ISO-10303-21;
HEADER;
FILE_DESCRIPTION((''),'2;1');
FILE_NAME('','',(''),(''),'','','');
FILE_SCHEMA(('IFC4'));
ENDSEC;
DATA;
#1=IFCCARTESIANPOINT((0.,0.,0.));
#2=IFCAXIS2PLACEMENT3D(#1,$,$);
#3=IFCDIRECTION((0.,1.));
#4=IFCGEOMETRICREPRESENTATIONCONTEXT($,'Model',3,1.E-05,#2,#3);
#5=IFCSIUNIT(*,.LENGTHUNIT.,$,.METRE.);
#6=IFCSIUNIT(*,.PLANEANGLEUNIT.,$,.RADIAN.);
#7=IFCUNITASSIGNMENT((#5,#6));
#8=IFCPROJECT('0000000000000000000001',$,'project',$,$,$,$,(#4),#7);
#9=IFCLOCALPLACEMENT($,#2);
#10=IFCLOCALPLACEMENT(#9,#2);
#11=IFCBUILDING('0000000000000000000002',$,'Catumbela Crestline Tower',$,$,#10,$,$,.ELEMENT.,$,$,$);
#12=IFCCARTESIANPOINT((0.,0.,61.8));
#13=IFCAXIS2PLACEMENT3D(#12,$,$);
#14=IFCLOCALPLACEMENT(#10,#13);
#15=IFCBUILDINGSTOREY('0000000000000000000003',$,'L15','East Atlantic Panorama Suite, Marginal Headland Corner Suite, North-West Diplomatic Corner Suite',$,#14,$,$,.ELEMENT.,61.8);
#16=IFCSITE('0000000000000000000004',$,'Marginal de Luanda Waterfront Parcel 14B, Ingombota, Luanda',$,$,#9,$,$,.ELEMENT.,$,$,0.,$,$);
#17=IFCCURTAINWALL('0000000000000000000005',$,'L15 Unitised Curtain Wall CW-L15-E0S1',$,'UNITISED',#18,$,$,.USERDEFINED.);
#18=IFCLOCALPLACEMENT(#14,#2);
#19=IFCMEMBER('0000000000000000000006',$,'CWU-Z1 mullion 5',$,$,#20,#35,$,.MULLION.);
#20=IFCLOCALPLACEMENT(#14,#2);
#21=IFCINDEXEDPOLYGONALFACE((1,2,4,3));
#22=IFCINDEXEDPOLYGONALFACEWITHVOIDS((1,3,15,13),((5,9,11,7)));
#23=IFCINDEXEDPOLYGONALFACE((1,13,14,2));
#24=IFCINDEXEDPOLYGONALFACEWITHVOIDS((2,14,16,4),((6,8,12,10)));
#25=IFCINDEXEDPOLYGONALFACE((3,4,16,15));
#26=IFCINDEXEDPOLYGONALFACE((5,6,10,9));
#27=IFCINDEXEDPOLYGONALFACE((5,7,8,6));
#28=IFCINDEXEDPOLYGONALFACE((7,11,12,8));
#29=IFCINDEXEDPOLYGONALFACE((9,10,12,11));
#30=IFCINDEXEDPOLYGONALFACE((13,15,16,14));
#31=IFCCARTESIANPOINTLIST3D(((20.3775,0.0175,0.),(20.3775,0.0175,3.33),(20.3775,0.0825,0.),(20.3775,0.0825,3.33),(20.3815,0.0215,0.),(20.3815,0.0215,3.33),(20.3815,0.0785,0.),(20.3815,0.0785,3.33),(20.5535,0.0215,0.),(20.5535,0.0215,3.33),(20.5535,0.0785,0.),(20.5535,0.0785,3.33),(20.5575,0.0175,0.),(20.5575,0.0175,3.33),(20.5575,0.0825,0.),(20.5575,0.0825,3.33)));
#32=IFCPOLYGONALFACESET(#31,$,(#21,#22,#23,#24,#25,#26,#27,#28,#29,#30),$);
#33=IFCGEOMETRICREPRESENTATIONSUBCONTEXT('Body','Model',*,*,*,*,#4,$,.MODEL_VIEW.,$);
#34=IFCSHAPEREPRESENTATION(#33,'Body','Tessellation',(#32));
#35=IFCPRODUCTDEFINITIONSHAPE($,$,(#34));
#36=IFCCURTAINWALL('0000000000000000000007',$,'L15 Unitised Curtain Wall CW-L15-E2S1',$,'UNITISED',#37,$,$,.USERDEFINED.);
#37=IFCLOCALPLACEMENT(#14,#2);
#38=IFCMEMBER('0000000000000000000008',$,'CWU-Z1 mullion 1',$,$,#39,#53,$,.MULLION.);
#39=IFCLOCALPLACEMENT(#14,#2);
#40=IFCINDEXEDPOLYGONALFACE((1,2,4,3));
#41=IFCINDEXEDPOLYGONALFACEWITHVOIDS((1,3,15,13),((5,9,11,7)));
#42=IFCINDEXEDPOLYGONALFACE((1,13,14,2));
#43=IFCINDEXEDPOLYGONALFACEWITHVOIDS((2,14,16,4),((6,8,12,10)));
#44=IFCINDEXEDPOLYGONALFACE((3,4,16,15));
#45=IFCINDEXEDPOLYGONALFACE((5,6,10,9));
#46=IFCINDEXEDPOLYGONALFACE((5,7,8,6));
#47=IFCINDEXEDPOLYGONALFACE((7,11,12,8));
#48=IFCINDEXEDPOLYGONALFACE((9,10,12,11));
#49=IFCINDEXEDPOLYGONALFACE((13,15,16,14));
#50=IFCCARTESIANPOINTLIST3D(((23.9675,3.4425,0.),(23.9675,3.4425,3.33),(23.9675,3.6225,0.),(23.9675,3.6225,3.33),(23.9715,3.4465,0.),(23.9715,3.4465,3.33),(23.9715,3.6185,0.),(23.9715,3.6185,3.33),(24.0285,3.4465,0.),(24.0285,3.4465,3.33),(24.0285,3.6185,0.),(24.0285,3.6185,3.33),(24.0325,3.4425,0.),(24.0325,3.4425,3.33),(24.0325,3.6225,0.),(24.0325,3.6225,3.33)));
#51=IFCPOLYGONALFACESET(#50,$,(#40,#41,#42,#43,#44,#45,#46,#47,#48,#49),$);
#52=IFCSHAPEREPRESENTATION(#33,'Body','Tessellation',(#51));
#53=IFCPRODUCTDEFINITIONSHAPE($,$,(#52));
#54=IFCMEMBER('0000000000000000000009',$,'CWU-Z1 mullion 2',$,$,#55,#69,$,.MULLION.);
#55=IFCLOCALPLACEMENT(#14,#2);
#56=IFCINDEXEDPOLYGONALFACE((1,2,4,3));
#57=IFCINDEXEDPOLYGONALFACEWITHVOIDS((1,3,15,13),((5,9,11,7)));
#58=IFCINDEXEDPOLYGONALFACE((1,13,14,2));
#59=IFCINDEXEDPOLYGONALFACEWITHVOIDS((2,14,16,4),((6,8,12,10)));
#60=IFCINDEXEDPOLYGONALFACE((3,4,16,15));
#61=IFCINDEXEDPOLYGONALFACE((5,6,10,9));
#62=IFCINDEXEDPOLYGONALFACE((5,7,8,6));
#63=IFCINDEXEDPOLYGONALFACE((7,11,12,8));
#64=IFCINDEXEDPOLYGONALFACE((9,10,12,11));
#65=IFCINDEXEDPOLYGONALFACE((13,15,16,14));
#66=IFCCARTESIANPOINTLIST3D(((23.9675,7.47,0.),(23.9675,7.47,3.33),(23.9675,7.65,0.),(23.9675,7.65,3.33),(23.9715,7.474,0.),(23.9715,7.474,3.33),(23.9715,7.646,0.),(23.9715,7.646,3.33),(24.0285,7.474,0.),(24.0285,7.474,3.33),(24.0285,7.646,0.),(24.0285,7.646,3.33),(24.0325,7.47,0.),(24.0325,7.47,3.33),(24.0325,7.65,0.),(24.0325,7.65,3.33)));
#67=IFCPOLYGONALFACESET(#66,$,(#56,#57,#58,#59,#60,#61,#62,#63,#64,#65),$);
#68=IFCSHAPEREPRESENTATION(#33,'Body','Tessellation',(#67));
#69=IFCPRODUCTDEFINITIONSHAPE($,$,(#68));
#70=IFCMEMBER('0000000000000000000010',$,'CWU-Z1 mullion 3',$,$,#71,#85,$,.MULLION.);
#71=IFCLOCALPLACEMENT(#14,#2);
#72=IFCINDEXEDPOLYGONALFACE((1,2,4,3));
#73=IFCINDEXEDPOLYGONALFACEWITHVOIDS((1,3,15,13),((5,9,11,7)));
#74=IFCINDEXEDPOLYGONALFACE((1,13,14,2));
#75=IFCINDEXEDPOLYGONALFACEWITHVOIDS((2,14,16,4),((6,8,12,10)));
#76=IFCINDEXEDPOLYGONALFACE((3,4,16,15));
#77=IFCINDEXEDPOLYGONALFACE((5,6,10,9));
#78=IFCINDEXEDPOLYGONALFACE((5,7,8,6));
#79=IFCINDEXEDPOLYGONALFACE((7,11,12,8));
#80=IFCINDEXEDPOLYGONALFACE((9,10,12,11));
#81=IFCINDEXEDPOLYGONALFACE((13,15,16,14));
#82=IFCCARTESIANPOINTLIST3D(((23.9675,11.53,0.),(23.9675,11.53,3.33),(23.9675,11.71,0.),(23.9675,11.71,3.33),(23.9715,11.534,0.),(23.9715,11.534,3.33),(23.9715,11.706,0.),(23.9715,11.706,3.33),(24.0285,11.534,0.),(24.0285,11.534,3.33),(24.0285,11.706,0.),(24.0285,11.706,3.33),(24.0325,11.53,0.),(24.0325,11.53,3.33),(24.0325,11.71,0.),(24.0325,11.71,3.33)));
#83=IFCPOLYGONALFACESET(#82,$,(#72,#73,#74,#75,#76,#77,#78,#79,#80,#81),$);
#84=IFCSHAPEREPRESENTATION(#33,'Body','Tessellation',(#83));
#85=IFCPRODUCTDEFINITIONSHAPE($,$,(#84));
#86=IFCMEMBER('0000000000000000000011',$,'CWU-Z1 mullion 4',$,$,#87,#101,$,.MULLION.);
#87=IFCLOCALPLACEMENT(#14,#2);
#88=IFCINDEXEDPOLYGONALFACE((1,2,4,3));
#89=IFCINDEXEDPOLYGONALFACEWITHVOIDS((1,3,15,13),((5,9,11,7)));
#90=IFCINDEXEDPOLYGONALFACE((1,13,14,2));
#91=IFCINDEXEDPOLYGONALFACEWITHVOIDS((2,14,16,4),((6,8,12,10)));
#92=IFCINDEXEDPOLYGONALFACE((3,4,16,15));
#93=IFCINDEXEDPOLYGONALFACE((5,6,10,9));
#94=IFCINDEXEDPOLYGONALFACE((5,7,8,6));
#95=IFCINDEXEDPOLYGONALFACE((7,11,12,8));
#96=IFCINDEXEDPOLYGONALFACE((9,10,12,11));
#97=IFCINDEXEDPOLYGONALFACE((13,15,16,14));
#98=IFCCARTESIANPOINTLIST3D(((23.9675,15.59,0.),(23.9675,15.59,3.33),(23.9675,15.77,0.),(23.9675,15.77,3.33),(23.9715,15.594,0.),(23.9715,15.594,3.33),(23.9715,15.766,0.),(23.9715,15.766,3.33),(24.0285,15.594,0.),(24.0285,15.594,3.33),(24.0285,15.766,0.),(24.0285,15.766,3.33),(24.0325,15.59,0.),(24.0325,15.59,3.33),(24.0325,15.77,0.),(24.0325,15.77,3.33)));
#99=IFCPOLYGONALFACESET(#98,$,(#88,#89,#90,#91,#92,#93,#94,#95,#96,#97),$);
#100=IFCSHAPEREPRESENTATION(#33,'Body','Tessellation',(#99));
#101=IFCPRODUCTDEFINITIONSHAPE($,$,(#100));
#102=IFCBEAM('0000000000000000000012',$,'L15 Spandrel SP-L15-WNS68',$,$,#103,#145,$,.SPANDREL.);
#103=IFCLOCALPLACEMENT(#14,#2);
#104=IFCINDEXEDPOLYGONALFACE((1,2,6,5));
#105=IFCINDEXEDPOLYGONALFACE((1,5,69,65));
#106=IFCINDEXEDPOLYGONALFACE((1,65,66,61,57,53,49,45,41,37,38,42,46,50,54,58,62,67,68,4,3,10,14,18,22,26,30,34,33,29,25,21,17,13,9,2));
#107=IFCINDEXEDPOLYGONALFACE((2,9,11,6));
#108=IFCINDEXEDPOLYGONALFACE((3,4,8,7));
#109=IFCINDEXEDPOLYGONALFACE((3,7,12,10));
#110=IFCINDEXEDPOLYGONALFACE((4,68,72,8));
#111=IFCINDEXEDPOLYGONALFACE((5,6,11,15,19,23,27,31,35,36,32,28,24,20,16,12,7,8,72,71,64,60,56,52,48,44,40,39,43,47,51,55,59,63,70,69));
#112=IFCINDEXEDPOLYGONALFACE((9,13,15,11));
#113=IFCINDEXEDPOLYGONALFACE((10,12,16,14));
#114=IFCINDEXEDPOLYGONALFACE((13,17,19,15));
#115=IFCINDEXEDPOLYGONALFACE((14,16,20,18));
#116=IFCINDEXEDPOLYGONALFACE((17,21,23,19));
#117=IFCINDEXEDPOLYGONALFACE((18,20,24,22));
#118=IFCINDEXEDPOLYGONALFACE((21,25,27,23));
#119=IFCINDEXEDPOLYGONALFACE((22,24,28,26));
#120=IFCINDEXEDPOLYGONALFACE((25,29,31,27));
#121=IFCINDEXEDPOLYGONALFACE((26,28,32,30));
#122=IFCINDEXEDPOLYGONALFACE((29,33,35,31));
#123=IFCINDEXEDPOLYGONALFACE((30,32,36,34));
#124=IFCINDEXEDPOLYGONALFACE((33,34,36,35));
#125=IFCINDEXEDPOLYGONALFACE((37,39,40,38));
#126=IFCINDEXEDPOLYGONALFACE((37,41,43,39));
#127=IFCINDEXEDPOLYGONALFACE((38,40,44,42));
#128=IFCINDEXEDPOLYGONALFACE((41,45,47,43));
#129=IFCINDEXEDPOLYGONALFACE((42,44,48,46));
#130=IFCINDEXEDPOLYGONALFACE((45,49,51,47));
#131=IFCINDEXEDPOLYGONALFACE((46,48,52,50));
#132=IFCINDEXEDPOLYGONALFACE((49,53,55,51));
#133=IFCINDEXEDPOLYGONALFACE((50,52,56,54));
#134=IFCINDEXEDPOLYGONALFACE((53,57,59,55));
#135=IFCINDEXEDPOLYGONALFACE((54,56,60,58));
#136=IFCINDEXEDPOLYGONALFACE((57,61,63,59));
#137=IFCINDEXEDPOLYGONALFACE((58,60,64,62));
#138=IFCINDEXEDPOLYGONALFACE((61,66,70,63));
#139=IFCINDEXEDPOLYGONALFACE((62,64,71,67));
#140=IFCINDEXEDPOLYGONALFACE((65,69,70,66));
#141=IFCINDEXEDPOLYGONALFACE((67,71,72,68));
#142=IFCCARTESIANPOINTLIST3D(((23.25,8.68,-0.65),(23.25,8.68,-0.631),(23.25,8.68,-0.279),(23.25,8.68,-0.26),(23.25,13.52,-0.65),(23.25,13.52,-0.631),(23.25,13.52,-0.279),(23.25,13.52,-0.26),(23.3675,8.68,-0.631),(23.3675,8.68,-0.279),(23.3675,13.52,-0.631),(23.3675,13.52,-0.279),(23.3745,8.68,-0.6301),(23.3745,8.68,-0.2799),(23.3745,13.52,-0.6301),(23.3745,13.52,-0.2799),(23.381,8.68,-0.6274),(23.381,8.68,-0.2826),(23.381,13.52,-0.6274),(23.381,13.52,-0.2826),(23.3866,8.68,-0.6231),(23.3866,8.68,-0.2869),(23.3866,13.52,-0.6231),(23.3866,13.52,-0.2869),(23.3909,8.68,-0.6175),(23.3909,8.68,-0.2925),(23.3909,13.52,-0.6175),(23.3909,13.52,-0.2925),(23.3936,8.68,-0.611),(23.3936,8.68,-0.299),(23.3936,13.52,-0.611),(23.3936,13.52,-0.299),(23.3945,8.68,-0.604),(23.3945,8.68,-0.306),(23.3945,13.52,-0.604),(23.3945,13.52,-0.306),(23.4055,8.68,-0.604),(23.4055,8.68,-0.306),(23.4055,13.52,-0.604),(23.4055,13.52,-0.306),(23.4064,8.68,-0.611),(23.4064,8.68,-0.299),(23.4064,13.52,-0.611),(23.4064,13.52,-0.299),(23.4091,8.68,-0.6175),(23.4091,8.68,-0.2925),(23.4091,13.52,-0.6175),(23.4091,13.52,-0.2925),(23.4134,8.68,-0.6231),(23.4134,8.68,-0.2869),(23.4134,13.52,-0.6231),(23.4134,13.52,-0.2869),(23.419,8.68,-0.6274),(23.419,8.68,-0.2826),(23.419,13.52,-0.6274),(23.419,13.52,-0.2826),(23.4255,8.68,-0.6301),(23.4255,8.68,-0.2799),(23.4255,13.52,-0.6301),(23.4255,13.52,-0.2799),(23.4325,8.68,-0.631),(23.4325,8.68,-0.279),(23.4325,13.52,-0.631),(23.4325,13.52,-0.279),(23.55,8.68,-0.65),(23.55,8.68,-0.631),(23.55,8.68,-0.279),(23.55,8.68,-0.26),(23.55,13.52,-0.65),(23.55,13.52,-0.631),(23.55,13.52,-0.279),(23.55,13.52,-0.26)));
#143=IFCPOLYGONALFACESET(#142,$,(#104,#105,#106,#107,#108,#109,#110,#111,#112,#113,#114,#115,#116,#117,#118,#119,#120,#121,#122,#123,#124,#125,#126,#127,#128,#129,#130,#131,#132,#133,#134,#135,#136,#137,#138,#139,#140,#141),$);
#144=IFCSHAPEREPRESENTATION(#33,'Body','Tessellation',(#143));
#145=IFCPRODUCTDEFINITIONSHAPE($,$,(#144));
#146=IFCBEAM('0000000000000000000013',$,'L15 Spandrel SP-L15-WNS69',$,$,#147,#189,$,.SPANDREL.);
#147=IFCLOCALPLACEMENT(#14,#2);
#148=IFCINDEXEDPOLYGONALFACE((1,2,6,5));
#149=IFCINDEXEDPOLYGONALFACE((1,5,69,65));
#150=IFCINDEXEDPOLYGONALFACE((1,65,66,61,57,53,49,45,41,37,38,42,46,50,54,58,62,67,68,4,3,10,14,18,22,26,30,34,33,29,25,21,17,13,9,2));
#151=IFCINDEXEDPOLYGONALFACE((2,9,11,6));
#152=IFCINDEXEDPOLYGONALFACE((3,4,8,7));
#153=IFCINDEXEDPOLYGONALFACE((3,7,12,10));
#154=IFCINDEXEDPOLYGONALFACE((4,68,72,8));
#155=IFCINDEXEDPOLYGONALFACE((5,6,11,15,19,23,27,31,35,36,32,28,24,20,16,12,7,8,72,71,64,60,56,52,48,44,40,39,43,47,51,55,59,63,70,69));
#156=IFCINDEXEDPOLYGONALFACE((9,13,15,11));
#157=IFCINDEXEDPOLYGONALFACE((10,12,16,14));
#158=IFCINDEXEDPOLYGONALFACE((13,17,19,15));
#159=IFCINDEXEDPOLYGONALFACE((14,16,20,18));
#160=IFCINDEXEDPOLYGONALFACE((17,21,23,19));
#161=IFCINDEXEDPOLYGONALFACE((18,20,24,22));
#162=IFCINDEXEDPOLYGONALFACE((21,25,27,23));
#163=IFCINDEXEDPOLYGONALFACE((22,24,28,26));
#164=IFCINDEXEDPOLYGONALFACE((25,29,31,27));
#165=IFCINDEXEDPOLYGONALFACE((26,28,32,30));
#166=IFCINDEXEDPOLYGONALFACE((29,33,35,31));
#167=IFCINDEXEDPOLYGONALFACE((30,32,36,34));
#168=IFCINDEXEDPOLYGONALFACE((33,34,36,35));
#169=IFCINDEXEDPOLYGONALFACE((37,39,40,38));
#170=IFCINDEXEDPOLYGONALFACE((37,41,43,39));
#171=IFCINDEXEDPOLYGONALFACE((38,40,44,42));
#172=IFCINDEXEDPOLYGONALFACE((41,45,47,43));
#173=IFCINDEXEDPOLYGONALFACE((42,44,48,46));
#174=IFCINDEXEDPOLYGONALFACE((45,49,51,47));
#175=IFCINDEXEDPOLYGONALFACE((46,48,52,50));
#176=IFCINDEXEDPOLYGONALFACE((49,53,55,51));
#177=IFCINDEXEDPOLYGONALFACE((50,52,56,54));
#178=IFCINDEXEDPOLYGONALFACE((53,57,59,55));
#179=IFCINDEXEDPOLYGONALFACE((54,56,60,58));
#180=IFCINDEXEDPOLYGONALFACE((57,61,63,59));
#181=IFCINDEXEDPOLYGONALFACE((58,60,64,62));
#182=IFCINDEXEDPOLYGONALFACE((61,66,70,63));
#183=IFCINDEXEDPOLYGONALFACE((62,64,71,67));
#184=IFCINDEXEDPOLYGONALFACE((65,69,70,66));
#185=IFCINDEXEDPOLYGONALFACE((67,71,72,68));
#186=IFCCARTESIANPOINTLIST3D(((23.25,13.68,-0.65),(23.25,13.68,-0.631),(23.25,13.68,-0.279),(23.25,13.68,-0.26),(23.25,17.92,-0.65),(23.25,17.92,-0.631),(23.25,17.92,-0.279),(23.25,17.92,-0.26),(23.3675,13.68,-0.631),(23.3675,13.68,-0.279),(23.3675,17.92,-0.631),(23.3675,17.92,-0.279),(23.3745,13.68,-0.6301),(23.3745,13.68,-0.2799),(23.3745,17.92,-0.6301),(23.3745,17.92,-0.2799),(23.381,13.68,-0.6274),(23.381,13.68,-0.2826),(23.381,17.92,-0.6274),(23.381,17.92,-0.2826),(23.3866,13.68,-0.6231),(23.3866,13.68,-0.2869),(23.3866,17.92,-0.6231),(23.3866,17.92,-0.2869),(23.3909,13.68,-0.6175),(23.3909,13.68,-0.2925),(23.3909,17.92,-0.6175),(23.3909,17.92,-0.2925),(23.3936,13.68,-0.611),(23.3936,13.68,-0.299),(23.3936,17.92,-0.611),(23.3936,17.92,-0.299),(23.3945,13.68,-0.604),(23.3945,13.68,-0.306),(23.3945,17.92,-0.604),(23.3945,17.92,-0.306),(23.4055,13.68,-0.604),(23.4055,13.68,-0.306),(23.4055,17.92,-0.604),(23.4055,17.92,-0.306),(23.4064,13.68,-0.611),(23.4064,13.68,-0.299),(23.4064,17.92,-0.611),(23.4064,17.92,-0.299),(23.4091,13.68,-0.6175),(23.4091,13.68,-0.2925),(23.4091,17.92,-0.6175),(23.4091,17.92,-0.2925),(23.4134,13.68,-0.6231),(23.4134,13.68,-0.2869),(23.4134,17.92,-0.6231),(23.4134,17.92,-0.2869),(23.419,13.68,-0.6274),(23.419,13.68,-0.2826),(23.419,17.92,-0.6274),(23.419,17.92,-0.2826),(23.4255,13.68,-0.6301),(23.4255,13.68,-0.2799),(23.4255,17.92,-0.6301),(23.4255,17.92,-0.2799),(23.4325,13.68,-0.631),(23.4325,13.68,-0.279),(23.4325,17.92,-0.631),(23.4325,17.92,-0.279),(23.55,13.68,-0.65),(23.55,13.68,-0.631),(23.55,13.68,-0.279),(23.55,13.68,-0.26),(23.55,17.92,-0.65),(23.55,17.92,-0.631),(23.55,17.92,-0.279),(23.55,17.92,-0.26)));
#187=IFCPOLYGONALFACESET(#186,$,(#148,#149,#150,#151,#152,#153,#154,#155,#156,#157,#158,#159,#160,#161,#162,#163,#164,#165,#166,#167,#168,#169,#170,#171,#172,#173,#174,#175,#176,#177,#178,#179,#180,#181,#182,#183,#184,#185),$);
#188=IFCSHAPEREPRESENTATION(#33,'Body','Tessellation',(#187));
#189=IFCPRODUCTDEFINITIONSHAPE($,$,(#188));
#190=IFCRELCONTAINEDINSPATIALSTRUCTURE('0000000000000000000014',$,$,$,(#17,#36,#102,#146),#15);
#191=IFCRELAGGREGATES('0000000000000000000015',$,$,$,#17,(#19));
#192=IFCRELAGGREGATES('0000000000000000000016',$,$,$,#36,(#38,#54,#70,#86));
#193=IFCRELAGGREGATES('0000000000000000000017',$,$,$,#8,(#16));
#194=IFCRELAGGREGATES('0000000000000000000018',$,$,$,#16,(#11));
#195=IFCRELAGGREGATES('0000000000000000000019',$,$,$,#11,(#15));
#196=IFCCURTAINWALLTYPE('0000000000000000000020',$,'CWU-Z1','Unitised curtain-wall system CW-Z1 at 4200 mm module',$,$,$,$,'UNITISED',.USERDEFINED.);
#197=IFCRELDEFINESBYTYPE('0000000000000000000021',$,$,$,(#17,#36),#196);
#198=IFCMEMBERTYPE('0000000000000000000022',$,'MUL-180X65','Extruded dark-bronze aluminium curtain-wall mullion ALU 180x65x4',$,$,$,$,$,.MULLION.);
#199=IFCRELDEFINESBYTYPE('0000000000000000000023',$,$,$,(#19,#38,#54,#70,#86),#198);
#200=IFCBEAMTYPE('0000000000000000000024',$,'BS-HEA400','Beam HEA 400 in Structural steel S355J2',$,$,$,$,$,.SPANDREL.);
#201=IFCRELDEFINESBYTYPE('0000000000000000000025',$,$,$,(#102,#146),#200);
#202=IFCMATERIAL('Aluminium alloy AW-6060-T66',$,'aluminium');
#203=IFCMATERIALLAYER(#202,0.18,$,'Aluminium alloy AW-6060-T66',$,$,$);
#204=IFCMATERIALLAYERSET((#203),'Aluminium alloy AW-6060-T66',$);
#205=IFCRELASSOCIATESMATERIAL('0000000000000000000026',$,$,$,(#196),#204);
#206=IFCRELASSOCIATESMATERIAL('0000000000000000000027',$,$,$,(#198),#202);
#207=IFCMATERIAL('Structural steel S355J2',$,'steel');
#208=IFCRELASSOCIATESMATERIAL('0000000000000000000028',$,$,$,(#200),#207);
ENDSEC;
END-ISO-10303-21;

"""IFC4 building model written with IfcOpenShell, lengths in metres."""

from ifc_helpers import new_model, si_unit, direction, frame, origin, origin_2d, place, context, subcontext, project, spatial, hollow_rectangle, i_section, extrude, material, layer, layer_set, material_profile, profile_set, type_object, element, aggregate, save


model = new_model("IFC4")

# Units and contexts
model_context = context("Model", 3, precision=1e-05, world=origin(), true_north=direction((0.0, 1.0)))
body_context = subcontext(model_context, "Body", "Model", "MODEL_VIEW")
ifc_project = project(units=[si_unit("LENGTHUNIT", "METRE"), si_unit("PLANEANGLEUNIT", "RADIAN")], contexts=[model_context])

# Site, building, storey
site_placement = place(None, origin())
site = spatial("IfcSite", under=ifc_project, at=site_placement, Name="Marginal de Luanda Waterfront Parcel 14B, Ingombota, Luanda", CompositionType="ELEMENT", RefElevation=0.0)
building_placement = place(site_placement, origin())
building = spatial("IfcBuilding", under=site, at=building_placement, Name="Catumbela Crestline Tower", CompositionType="ELEMENT")
storey_placement = place(building_placement, frame((0.0, 0.0, 61.8)))
storey = spatial("IfcBuildingStorey", under=building, at=storey_placement, Name="L15", Description="East Atlantic Panorama Suite, Marginal Headland Corner Suite, North-West Diplomatic Corner Suite", CompositionType="ELEMENT", Elevation=61.8)

# Shared definitions
ifc_material_1 = material(Name="Structural steel S355J2", Category="steel")

# Curtain wall, member
ifc_material_2 = material(Name="Aluminium alloy AW-6060-T66", Category="aluminium")
ifc_layer_1 = layer(ifc_material_2, 0.18, Name="Aluminium alloy AW-6060-T66")
ifc_layer_set_1 = layer_set([ifc_layer_1], Name="Aluminium alloy AW-6060-T66")
curtain_wall_type = type_object("IfcCurtainWallType", Name="CWU-Z1", Description="Unitised curtain-wall system CW-Z1 at 4200 mm module", ElementType="UNITISED", PredefinedType="USERDEFINED", material=ifc_layer_set_1)
curtain_wall_1_placement = place(storey_placement, origin())
curtain_wall_1 = element("IfcCurtainWall", 1, at=curtain_wall_1_placement, inside=storey, type_object=curtain_wall_type, Name="L15 Unitised Curtain Wall CW-L15-E0S1", ObjectType="UNITISED", PredefinedType="USERDEFINED")
ifc_material_profile_1 = material_profile(ifc_material_2, hollow_rectangle(XDim=0.065, YDim=0.18, WallThickness=0.004, at=origin_2d()), Name="ALU 180x65x4")
ifc_profile_set_1 = profile_set([ifc_material_profile_1], Name="Aluminium alloy AW-6060-T66")
member_type_1 = type_object("IfcMemberType", Name="MUL-180X65", Description="Extruded dark-bronze aluminium curtain-wall mullion ALU 180x65x4", PredefinedType="MULLION", material=ifc_profile_set_1)
member_1_placement = place(storey_placement, frame((20.4675, 0.05, 0.0), z_axis=(0.0, 0.0, 1.0), x_axis=(0.0, 1.0, 0.0)))
member_1 = element("IfcMember", 2, at=member_1_placement, type_object=member_type_1, Name="CWU-Z1 mullion 5", PredefinedType="MULLION", context=body_context, shape_type="SweptSolid", body=[
    extrude(hollow_rectangle(XDim=0.065, YDim=0.18, WallThickness=0.004, at=origin_2d()), origin(), (0.0, 0.0, 1.0), 3.33),
])
aggregate(curtain_wall_1, [member_1])

# Curtain wall, members
curtain_wall_2_placement = place(storey_placement, origin())
curtain_wall_2 = element("IfcCurtainWall", 3, at=curtain_wall_2_placement, inside=storey, type_object=curtain_wall_type, Name="L15 Unitised Curtain Wall CW-L15-E2S1", ObjectType="UNITISED", PredefinedType="USERDEFINED")
member_2_placement = place(storey_placement, frame((24.0, 3.5325, 0.0), z_axis=(0.0, 0.0, 1.0), x_axis=(-1.0, 0.0, 0.0)))
member_2 = element("IfcMember", 4, at=member_2_placement, type_object=member_type_1, Name="CWU-Z1 mullion 1", PredefinedType="MULLION", context=body_context, shape_type="SweptSolid", body=[
    extrude(hollow_rectangle(XDim=0.065, YDim=0.18, WallThickness=0.004, at=origin_2d()), origin(), (0.0, 0.0, 1.0), 3.33),
])
member_3_placement = place(storey_placement, frame((24.0, 7.56, 0.0), z_axis=(0.0, 0.0, 1.0), x_axis=(-1.0, 0.0, 0.0)))
member_3 = element("IfcMember", 5, at=member_3_placement, type_object=member_type_1, Name="CWU-Z1 mullion 2", PredefinedType="MULLION", context=body_context, shape_type="SweptSolid", body=[
    extrude(hollow_rectangle(XDim=0.065, YDim=0.18, WallThickness=0.004, at=origin_2d()), origin(), (0.0, 0.0, 1.0), 3.33),
])
member_4_placement = place(storey_placement, frame((24.0, 11.62, 0.0), z_axis=(0.0, 0.0, 1.0), x_axis=(-1.0, 0.0, 0.0)))
member_4 = element("IfcMember", 6, at=member_4_placement, type_object=member_type_1, Name="CWU-Z1 mullion 3", PredefinedType="MULLION", context=body_context, shape_type="SweptSolid", body=[
    extrude(hollow_rectangle(XDim=0.065, YDim=0.18, WallThickness=0.004, at=origin_2d()), origin(), (0.0, 0.0, 1.0), 3.33),
])
member_5_placement = place(storey_placement, frame((24.0, 15.68, 0.0), z_axis=(0.0, 0.0, 1.0), x_axis=(-1.0, 0.0, 0.0)))
member_5 = element("IfcMember", 7, at=member_5_placement, type_object=member_type_1, Name="CWU-Z1 mullion 4", PredefinedType="MULLION", context=body_context, shape_type="SweptSolid", body=[
    extrude(hollow_rectangle(XDim=0.065, YDim=0.18, WallThickness=0.004, at=origin_2d()), origin(), (0.0, 0.0, 1.0), 3.33),
])

# Beams
ifc_material_profile_2 = material_profile(ifc_material_1, i_section(OverallWidth=0.3, OverallDepth=0.39, WebThickness=0.011, FlangeThickness=0.019, FilletRadius=0.027, at=origin_2d()), Name="HEA 400")
ifc_profile_set_2 = profile_set([ifc_material_profile_2], Name="Structural steel S355J2")
beam_type_1 = type_object("IfcBeamType", Name="BS-HEA400", Description="Beam HEA 400 in Structural steel S355J2", PredefinedType="SPANDREL", material=ifc_profile_set_2)
beam_1_placement = place(storey_placement, frame((23.4, 8.68, -0.455), z_axis=(0.0, 1.0, 0.0), x_axis=(-1.0, 0.0, 0.0)))
element("IfcBeam", 8, at=beam_1_placement, inside=storey, type_object=beam_type_1, Name="L15 Spandrel SP-L15-WNS68", PredefinedType="SPANDREL", context=body_context, shape_type="SweptSolid", body=[
    extrude(i_section(OverallWidth=0.3, OverallDepth=0.39, WebThickness=0.011, FlangeThickness=0.019, FilletRadius=0.027, at=origin_2d()), origin(), (0.0, 0.0, 1.0), 4.84),
])
beam_2_placement = place(storey_placement, frame((23.4, 13.68, -0.455), z_axis=(0.0, 1.0, 0.0), x_axis=(-1.0, 0.0, 0.0)))
element("IfcBeam", 9, at=beam_2_placement, inside=storey, type_object=beam_type_1, Name="L15 Spandrel SP-L15-WNS69", PredefinedType="SPANDREL", context=body_context, shape_type="SweptSolid", body=[
    extrude(i_section(OverallWidth=0.3, OverallDepth=0.39, WebThickness=0.011, FlangeThickness=0.019, FilletRadius=0.027, at=origin_2d()), origin(), (0.0, 0.0, 1.0), 4.24),
])

aggregate(curtain_wall_2, [member_2, member_3, member_4, member_5])

save(model, "model.ifc")
